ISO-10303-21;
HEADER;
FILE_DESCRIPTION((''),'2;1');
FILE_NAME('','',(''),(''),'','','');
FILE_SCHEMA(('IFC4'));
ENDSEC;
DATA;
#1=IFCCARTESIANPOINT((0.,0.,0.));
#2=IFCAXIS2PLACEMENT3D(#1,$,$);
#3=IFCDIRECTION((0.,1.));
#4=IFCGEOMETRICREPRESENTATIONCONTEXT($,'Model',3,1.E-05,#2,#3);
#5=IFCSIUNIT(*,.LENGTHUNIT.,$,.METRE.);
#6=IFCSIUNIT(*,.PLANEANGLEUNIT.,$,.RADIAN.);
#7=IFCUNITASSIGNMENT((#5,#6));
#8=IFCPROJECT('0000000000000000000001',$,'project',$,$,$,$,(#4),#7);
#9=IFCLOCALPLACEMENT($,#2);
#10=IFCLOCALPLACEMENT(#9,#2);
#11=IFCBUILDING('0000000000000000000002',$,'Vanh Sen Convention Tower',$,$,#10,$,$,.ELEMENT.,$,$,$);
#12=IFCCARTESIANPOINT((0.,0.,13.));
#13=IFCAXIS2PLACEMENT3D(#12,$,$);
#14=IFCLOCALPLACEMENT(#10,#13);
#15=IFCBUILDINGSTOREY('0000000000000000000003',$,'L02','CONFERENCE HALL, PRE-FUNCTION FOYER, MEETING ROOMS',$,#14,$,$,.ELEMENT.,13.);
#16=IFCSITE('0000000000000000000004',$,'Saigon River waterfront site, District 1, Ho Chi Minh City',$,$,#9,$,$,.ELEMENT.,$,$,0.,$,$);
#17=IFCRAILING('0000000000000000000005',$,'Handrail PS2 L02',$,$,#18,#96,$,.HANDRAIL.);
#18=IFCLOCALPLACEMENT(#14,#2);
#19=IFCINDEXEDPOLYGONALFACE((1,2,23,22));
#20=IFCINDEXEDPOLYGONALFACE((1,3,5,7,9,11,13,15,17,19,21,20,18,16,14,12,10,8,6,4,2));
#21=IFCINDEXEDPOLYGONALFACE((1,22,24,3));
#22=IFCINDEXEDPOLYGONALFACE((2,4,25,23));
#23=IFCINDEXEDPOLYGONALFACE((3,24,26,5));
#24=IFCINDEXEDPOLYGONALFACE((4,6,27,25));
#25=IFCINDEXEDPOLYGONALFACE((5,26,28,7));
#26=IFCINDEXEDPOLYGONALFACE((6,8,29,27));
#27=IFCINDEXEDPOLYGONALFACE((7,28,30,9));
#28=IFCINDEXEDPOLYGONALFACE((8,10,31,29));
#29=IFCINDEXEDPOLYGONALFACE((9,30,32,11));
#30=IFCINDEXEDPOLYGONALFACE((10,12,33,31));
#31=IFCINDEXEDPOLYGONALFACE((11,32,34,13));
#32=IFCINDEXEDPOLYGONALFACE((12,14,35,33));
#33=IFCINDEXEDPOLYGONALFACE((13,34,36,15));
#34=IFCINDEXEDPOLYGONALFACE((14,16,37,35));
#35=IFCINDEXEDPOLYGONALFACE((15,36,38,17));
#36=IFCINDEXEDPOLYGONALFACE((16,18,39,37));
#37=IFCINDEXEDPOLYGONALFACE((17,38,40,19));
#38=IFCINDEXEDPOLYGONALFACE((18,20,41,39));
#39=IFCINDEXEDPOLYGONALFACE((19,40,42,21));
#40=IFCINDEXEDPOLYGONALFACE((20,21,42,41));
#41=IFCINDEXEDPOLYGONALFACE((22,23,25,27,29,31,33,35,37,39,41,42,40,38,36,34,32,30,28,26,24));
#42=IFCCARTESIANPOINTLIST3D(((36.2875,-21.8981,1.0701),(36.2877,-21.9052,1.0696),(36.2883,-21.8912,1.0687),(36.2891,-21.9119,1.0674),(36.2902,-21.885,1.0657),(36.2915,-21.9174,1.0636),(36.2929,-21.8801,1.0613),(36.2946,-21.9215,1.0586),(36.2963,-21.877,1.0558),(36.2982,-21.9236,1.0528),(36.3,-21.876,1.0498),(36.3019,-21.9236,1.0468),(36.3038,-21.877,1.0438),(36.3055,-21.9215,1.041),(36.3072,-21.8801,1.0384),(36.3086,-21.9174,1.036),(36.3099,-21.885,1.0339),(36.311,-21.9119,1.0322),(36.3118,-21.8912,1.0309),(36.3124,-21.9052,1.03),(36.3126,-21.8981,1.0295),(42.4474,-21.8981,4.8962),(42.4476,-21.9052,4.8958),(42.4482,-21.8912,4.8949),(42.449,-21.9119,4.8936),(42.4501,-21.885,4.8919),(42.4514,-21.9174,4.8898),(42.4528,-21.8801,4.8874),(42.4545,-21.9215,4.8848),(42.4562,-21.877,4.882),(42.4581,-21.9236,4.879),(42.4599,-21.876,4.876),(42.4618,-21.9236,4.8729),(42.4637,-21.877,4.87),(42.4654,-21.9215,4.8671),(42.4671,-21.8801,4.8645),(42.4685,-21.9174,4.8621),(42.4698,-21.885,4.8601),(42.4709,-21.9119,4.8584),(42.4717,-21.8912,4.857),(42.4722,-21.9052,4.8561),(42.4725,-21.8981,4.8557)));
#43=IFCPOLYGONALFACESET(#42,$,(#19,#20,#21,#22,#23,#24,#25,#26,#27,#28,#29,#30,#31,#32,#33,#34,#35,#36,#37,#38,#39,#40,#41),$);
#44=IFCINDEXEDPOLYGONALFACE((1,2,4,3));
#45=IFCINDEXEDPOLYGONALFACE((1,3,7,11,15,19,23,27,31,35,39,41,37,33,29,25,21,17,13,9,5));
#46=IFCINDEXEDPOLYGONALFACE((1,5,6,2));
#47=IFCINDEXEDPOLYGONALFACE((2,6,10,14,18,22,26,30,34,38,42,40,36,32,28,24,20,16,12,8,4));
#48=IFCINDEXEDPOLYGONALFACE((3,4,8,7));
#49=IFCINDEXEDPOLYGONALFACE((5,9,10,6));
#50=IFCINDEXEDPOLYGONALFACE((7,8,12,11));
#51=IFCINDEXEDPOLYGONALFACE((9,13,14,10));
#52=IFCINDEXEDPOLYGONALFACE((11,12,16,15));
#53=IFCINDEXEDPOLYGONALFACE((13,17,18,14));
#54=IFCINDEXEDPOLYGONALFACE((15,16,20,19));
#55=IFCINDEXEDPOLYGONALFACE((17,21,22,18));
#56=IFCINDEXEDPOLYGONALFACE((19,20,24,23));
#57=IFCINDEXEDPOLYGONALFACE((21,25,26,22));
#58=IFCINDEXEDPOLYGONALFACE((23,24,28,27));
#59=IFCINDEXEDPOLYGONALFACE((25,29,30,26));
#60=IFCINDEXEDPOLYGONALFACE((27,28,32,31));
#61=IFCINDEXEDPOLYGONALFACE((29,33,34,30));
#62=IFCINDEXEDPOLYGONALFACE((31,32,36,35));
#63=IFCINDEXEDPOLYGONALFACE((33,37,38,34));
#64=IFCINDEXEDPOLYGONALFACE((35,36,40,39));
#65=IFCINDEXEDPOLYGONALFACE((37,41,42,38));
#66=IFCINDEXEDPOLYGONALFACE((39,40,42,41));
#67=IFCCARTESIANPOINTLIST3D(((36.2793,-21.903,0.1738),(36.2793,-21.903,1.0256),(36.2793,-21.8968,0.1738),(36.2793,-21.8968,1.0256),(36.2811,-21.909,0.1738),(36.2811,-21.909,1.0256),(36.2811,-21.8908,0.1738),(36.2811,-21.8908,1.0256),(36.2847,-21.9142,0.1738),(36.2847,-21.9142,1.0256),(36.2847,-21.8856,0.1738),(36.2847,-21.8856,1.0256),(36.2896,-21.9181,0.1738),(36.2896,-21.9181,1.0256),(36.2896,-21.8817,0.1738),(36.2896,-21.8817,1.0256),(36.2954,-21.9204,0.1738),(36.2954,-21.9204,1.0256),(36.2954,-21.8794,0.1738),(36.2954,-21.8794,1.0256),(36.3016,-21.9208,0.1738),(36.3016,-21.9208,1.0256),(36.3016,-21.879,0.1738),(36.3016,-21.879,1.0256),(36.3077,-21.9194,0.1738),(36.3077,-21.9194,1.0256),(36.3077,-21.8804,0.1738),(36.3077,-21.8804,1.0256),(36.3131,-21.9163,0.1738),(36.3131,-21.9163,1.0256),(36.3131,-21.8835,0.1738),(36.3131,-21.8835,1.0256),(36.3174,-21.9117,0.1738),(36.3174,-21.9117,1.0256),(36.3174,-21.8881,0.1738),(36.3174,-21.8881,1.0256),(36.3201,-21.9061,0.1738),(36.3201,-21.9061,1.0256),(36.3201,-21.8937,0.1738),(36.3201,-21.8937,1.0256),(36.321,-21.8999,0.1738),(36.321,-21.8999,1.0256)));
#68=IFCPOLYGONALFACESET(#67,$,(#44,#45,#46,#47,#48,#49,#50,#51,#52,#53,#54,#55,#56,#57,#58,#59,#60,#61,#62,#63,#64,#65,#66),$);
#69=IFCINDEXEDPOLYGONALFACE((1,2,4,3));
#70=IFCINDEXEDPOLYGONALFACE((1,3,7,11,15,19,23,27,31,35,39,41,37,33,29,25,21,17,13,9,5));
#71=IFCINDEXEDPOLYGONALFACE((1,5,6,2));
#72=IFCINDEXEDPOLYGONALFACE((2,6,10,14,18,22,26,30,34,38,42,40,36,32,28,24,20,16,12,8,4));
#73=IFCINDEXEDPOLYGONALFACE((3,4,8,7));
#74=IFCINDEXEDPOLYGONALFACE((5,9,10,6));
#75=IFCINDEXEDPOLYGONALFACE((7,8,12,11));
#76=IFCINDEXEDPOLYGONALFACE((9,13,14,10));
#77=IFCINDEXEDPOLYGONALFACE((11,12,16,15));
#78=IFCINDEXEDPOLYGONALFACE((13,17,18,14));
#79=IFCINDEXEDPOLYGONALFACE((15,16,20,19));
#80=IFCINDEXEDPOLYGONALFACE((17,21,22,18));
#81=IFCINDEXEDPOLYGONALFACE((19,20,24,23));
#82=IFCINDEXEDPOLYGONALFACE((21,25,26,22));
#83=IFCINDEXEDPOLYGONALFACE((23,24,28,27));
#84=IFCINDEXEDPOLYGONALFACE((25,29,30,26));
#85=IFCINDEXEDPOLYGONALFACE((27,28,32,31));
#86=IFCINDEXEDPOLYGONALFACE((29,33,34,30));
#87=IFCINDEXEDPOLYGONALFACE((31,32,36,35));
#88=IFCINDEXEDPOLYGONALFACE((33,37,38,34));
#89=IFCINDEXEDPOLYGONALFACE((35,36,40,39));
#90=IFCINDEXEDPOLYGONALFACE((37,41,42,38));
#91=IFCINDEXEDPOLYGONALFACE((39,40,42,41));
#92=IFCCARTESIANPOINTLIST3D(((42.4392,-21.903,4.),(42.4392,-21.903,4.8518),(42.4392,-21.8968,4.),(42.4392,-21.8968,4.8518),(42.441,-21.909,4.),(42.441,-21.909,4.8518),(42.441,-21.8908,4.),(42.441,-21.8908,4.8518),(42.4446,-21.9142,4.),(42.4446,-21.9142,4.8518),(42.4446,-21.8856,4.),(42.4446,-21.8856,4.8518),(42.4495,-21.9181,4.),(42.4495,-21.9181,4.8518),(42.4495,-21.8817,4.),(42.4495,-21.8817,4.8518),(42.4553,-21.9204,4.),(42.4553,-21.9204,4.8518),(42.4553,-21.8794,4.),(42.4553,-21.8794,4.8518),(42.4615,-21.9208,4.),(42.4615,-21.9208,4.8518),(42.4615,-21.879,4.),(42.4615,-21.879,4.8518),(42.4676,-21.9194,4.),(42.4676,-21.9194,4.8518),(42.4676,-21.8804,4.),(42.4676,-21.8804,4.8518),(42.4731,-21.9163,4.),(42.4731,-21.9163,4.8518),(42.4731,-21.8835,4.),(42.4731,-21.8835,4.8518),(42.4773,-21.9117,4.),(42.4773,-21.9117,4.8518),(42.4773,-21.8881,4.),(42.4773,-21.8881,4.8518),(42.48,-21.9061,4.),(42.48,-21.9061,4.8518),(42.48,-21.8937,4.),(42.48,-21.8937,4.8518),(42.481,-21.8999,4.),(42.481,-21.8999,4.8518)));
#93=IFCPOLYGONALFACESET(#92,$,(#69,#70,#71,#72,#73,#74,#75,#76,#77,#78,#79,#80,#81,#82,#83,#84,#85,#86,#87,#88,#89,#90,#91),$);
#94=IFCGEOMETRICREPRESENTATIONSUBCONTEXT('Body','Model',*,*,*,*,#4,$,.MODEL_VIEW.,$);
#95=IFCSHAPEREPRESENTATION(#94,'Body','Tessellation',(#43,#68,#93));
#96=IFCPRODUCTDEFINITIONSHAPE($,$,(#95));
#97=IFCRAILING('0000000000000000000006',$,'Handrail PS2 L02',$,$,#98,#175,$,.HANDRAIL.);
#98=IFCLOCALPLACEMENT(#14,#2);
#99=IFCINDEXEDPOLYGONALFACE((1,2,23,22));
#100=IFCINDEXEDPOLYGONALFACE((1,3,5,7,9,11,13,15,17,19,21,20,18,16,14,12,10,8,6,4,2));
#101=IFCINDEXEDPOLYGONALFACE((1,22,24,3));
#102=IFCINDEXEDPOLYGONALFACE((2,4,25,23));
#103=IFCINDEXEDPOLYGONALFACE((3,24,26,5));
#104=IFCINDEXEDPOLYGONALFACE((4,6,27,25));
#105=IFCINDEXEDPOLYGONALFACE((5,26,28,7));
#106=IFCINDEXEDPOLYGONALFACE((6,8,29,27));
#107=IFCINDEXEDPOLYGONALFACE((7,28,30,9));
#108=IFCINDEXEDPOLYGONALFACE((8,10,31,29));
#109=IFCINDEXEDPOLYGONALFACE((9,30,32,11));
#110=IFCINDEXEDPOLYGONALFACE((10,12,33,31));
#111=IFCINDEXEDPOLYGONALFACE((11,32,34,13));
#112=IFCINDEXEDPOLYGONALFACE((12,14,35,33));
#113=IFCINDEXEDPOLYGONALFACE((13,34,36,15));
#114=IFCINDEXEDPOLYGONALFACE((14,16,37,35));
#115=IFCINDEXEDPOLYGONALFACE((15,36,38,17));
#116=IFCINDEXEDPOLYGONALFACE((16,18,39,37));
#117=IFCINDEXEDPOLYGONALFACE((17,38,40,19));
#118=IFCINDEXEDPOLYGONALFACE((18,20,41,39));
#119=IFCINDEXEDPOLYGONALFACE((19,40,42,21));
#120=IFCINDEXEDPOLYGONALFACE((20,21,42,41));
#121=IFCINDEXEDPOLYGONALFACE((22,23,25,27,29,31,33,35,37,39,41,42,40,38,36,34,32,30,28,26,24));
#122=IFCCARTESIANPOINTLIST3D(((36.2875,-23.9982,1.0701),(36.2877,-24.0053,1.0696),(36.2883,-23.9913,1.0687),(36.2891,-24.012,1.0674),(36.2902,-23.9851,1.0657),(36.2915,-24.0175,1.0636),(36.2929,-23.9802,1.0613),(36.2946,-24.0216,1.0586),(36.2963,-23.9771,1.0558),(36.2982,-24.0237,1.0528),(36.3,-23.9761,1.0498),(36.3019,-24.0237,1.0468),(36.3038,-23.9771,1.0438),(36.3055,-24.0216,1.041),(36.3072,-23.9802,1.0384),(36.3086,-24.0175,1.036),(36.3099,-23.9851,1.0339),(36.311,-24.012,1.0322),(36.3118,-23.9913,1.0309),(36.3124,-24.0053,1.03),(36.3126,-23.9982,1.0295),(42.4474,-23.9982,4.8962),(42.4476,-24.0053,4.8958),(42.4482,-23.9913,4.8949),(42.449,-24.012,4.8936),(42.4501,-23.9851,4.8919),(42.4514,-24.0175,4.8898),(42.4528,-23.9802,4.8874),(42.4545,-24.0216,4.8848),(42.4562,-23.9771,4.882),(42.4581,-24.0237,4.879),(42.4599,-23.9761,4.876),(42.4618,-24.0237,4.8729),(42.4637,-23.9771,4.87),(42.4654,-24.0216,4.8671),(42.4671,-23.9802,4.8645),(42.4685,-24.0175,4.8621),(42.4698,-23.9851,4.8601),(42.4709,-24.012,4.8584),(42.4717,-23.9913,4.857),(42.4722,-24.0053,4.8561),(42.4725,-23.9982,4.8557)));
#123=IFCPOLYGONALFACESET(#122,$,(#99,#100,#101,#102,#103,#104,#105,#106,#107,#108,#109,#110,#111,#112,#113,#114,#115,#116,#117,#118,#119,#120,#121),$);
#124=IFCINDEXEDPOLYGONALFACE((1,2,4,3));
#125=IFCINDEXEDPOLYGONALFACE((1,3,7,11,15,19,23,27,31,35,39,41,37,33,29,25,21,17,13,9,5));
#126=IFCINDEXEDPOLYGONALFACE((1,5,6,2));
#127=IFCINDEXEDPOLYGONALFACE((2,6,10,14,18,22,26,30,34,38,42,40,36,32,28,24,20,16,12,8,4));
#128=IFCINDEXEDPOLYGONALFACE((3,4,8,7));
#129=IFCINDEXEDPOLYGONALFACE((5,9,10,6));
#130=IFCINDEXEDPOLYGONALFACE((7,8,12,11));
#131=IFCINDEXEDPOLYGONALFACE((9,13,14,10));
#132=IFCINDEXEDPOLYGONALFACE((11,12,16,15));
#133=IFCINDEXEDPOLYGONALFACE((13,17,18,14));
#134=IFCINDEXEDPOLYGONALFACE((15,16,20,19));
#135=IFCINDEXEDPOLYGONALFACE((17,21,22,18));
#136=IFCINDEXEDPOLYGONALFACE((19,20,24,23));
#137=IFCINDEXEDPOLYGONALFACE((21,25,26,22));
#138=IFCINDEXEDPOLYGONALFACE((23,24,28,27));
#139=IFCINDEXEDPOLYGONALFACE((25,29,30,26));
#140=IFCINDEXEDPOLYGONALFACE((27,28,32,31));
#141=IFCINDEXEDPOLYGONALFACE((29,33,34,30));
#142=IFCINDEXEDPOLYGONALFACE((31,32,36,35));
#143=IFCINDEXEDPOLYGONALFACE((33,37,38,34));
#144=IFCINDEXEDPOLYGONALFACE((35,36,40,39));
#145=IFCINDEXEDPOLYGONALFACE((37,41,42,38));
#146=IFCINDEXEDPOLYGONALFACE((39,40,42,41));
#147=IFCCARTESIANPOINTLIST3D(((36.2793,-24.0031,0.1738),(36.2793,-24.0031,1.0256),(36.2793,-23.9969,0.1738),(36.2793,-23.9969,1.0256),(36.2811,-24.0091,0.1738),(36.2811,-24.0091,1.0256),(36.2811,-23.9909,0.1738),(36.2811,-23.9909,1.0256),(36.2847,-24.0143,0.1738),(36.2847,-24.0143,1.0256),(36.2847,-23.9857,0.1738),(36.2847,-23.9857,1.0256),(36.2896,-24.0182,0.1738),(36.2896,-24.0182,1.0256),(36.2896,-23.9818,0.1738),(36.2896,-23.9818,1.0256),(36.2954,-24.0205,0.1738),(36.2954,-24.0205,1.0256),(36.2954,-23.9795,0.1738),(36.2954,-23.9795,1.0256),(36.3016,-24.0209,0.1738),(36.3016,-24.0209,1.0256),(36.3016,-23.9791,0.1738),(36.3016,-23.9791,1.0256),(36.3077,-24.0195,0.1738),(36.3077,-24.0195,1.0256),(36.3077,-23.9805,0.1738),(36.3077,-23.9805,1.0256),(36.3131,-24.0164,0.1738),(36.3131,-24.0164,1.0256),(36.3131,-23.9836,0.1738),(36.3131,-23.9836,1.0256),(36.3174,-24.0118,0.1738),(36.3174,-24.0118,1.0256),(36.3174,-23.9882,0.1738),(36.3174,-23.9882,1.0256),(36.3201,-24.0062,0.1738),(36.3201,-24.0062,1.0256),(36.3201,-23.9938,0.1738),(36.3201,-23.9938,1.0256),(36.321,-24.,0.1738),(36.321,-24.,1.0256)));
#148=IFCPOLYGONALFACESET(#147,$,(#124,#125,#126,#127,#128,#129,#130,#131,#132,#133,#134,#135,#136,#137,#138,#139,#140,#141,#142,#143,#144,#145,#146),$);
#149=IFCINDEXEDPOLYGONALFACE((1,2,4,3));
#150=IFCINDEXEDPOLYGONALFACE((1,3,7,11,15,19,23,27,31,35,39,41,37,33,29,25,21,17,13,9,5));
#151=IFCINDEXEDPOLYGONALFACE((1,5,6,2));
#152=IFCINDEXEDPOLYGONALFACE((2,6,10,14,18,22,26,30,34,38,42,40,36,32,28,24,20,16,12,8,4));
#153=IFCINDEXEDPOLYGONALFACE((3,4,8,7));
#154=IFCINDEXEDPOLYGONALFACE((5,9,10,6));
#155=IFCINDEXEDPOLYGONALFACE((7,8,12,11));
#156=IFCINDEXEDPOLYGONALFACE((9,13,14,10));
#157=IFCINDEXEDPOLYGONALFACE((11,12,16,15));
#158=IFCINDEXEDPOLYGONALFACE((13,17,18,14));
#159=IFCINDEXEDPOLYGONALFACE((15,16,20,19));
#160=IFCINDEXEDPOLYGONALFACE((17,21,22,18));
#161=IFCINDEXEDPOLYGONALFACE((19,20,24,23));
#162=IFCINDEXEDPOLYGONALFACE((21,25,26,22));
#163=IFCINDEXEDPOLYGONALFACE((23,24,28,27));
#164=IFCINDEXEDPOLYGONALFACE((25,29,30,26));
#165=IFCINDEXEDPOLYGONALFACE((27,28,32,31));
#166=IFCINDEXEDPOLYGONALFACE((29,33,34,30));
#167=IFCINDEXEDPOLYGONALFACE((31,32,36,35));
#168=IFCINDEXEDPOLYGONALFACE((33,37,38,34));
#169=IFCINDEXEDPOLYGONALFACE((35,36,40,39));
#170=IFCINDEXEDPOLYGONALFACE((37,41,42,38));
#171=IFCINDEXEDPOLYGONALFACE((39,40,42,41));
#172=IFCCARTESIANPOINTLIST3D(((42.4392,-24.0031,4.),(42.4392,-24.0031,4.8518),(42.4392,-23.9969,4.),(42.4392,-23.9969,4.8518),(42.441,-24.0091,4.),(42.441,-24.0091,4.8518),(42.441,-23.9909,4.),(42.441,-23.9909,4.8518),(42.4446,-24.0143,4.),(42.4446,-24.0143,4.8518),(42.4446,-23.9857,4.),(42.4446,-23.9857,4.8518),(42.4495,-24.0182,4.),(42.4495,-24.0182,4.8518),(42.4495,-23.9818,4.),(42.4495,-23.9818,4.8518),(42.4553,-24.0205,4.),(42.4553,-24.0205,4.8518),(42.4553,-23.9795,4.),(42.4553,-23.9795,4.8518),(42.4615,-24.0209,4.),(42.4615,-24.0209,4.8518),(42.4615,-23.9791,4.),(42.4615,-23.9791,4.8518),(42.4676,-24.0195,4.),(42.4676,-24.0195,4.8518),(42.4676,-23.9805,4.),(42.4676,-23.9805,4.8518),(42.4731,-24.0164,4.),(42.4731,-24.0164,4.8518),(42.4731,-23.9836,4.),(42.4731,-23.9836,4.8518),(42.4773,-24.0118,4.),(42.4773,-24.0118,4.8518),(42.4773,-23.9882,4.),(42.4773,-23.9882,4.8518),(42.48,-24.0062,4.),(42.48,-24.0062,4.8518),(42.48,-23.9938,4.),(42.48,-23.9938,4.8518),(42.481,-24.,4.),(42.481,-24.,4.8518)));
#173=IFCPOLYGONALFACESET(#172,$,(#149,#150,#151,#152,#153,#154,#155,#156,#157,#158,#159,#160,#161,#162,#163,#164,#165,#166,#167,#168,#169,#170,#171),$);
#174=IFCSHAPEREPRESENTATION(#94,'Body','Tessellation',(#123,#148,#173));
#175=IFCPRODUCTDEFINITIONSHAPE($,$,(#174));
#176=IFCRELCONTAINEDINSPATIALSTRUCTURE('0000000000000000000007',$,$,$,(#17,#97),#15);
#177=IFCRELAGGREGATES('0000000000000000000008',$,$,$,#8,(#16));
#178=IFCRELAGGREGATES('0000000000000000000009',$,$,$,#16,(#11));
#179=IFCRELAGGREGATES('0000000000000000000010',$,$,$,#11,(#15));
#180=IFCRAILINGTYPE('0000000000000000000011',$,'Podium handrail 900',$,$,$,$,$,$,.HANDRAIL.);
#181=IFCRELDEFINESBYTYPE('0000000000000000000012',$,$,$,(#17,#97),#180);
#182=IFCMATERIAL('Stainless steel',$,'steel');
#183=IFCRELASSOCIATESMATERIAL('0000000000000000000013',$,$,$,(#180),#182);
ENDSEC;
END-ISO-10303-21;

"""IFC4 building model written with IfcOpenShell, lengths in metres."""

from ifc_helpers import new_model, si_unit, direction, frame, origin, origin_2d, place, context, subcontext, project, spatial, circle, extrude, material, type_object, element, save


model = new_model("IFC4")

# Units and contexts
model_context = context("Model", 3, precision=1e-05, world=origin(), true_north=direction((0.0, 1.0)))
body_context = subcontext(model_context, "Body", "Model", "MODEL_VIEW")
ifc_project = project(units=[si_unit("LENGTHUNIT", "METRE"), si_unit("PLANEANGLEUNIT", "RADIAN")], contexts=[model_context])

# Site, building, storey
site_placement = place(None, origin())
site = spatial("IfcSite", under=ifc_project, at=site_placement, Name="Saigon River waterfront site, District 1, Ho Chi Minh City", CompositionType="ELEMENT", RefElevation=0.0)
building_placement = place(site_placement, origin())
building = spatial("IfcBuilding", under=site, at=building_placement, Name="Vanh Sen Convention Tower", CompositionType="ELEMENT")
storey_placement = place(building_placement, frame((0.0, 0.0, 13.0)))
storey = spatial("IfcBuildingStorey", under=building, at=storey_placement, Name="L02", Description="CONFERENCE HALL, PRE-FUNCTION FOYER, MEETING ROOMS", CompositionType="ELEMENT", Elevation=13.0)

# Railings
ifc_material_1 = material(Name="Stainless steel", Category="steel")
railing_type = type_object("IfcRailingType", Name="Podium handrail 900", PredefinedType="HANDRAIL", material=ifc_material_1)
for number, where, name in (
    (1, (36.3, -21.8999, 0.1738), "Handrail PS2 L02"),
    (2, (36.3, -24.0, 0.1738), "Handrail PS2 L02"),
):
    element("IfcRailing", number, at=place(storey_placement, frame(where)), inside=storey, type_object=railing_type, Name=name, PredefinedType="HANDRAIL", context=body_context, shape_type="SweptSolid", body=[
        extrude(circle(Radius=0.0239, at=origin_2d()), frame((0.0, 0.0, 0.876), z_axis=(0.849468, 0.0, 0.527639), x_axis=(0.0, 1.0, 0.0)), (0.0, 0.0, 1.0), 7.2515),
        extrude(circle(Radius=0.021, at=origin_2d()), origin(), (0.0, 0.0, 1.0), 0.8518),
        extrude(circle(Radius=0.021, at=origin_2d()), frame((6.1599, 0.0, 3.8262)), (0.0, 0.0, 1.0), 0.8518),
    ])

save(model, "model.ifc")
